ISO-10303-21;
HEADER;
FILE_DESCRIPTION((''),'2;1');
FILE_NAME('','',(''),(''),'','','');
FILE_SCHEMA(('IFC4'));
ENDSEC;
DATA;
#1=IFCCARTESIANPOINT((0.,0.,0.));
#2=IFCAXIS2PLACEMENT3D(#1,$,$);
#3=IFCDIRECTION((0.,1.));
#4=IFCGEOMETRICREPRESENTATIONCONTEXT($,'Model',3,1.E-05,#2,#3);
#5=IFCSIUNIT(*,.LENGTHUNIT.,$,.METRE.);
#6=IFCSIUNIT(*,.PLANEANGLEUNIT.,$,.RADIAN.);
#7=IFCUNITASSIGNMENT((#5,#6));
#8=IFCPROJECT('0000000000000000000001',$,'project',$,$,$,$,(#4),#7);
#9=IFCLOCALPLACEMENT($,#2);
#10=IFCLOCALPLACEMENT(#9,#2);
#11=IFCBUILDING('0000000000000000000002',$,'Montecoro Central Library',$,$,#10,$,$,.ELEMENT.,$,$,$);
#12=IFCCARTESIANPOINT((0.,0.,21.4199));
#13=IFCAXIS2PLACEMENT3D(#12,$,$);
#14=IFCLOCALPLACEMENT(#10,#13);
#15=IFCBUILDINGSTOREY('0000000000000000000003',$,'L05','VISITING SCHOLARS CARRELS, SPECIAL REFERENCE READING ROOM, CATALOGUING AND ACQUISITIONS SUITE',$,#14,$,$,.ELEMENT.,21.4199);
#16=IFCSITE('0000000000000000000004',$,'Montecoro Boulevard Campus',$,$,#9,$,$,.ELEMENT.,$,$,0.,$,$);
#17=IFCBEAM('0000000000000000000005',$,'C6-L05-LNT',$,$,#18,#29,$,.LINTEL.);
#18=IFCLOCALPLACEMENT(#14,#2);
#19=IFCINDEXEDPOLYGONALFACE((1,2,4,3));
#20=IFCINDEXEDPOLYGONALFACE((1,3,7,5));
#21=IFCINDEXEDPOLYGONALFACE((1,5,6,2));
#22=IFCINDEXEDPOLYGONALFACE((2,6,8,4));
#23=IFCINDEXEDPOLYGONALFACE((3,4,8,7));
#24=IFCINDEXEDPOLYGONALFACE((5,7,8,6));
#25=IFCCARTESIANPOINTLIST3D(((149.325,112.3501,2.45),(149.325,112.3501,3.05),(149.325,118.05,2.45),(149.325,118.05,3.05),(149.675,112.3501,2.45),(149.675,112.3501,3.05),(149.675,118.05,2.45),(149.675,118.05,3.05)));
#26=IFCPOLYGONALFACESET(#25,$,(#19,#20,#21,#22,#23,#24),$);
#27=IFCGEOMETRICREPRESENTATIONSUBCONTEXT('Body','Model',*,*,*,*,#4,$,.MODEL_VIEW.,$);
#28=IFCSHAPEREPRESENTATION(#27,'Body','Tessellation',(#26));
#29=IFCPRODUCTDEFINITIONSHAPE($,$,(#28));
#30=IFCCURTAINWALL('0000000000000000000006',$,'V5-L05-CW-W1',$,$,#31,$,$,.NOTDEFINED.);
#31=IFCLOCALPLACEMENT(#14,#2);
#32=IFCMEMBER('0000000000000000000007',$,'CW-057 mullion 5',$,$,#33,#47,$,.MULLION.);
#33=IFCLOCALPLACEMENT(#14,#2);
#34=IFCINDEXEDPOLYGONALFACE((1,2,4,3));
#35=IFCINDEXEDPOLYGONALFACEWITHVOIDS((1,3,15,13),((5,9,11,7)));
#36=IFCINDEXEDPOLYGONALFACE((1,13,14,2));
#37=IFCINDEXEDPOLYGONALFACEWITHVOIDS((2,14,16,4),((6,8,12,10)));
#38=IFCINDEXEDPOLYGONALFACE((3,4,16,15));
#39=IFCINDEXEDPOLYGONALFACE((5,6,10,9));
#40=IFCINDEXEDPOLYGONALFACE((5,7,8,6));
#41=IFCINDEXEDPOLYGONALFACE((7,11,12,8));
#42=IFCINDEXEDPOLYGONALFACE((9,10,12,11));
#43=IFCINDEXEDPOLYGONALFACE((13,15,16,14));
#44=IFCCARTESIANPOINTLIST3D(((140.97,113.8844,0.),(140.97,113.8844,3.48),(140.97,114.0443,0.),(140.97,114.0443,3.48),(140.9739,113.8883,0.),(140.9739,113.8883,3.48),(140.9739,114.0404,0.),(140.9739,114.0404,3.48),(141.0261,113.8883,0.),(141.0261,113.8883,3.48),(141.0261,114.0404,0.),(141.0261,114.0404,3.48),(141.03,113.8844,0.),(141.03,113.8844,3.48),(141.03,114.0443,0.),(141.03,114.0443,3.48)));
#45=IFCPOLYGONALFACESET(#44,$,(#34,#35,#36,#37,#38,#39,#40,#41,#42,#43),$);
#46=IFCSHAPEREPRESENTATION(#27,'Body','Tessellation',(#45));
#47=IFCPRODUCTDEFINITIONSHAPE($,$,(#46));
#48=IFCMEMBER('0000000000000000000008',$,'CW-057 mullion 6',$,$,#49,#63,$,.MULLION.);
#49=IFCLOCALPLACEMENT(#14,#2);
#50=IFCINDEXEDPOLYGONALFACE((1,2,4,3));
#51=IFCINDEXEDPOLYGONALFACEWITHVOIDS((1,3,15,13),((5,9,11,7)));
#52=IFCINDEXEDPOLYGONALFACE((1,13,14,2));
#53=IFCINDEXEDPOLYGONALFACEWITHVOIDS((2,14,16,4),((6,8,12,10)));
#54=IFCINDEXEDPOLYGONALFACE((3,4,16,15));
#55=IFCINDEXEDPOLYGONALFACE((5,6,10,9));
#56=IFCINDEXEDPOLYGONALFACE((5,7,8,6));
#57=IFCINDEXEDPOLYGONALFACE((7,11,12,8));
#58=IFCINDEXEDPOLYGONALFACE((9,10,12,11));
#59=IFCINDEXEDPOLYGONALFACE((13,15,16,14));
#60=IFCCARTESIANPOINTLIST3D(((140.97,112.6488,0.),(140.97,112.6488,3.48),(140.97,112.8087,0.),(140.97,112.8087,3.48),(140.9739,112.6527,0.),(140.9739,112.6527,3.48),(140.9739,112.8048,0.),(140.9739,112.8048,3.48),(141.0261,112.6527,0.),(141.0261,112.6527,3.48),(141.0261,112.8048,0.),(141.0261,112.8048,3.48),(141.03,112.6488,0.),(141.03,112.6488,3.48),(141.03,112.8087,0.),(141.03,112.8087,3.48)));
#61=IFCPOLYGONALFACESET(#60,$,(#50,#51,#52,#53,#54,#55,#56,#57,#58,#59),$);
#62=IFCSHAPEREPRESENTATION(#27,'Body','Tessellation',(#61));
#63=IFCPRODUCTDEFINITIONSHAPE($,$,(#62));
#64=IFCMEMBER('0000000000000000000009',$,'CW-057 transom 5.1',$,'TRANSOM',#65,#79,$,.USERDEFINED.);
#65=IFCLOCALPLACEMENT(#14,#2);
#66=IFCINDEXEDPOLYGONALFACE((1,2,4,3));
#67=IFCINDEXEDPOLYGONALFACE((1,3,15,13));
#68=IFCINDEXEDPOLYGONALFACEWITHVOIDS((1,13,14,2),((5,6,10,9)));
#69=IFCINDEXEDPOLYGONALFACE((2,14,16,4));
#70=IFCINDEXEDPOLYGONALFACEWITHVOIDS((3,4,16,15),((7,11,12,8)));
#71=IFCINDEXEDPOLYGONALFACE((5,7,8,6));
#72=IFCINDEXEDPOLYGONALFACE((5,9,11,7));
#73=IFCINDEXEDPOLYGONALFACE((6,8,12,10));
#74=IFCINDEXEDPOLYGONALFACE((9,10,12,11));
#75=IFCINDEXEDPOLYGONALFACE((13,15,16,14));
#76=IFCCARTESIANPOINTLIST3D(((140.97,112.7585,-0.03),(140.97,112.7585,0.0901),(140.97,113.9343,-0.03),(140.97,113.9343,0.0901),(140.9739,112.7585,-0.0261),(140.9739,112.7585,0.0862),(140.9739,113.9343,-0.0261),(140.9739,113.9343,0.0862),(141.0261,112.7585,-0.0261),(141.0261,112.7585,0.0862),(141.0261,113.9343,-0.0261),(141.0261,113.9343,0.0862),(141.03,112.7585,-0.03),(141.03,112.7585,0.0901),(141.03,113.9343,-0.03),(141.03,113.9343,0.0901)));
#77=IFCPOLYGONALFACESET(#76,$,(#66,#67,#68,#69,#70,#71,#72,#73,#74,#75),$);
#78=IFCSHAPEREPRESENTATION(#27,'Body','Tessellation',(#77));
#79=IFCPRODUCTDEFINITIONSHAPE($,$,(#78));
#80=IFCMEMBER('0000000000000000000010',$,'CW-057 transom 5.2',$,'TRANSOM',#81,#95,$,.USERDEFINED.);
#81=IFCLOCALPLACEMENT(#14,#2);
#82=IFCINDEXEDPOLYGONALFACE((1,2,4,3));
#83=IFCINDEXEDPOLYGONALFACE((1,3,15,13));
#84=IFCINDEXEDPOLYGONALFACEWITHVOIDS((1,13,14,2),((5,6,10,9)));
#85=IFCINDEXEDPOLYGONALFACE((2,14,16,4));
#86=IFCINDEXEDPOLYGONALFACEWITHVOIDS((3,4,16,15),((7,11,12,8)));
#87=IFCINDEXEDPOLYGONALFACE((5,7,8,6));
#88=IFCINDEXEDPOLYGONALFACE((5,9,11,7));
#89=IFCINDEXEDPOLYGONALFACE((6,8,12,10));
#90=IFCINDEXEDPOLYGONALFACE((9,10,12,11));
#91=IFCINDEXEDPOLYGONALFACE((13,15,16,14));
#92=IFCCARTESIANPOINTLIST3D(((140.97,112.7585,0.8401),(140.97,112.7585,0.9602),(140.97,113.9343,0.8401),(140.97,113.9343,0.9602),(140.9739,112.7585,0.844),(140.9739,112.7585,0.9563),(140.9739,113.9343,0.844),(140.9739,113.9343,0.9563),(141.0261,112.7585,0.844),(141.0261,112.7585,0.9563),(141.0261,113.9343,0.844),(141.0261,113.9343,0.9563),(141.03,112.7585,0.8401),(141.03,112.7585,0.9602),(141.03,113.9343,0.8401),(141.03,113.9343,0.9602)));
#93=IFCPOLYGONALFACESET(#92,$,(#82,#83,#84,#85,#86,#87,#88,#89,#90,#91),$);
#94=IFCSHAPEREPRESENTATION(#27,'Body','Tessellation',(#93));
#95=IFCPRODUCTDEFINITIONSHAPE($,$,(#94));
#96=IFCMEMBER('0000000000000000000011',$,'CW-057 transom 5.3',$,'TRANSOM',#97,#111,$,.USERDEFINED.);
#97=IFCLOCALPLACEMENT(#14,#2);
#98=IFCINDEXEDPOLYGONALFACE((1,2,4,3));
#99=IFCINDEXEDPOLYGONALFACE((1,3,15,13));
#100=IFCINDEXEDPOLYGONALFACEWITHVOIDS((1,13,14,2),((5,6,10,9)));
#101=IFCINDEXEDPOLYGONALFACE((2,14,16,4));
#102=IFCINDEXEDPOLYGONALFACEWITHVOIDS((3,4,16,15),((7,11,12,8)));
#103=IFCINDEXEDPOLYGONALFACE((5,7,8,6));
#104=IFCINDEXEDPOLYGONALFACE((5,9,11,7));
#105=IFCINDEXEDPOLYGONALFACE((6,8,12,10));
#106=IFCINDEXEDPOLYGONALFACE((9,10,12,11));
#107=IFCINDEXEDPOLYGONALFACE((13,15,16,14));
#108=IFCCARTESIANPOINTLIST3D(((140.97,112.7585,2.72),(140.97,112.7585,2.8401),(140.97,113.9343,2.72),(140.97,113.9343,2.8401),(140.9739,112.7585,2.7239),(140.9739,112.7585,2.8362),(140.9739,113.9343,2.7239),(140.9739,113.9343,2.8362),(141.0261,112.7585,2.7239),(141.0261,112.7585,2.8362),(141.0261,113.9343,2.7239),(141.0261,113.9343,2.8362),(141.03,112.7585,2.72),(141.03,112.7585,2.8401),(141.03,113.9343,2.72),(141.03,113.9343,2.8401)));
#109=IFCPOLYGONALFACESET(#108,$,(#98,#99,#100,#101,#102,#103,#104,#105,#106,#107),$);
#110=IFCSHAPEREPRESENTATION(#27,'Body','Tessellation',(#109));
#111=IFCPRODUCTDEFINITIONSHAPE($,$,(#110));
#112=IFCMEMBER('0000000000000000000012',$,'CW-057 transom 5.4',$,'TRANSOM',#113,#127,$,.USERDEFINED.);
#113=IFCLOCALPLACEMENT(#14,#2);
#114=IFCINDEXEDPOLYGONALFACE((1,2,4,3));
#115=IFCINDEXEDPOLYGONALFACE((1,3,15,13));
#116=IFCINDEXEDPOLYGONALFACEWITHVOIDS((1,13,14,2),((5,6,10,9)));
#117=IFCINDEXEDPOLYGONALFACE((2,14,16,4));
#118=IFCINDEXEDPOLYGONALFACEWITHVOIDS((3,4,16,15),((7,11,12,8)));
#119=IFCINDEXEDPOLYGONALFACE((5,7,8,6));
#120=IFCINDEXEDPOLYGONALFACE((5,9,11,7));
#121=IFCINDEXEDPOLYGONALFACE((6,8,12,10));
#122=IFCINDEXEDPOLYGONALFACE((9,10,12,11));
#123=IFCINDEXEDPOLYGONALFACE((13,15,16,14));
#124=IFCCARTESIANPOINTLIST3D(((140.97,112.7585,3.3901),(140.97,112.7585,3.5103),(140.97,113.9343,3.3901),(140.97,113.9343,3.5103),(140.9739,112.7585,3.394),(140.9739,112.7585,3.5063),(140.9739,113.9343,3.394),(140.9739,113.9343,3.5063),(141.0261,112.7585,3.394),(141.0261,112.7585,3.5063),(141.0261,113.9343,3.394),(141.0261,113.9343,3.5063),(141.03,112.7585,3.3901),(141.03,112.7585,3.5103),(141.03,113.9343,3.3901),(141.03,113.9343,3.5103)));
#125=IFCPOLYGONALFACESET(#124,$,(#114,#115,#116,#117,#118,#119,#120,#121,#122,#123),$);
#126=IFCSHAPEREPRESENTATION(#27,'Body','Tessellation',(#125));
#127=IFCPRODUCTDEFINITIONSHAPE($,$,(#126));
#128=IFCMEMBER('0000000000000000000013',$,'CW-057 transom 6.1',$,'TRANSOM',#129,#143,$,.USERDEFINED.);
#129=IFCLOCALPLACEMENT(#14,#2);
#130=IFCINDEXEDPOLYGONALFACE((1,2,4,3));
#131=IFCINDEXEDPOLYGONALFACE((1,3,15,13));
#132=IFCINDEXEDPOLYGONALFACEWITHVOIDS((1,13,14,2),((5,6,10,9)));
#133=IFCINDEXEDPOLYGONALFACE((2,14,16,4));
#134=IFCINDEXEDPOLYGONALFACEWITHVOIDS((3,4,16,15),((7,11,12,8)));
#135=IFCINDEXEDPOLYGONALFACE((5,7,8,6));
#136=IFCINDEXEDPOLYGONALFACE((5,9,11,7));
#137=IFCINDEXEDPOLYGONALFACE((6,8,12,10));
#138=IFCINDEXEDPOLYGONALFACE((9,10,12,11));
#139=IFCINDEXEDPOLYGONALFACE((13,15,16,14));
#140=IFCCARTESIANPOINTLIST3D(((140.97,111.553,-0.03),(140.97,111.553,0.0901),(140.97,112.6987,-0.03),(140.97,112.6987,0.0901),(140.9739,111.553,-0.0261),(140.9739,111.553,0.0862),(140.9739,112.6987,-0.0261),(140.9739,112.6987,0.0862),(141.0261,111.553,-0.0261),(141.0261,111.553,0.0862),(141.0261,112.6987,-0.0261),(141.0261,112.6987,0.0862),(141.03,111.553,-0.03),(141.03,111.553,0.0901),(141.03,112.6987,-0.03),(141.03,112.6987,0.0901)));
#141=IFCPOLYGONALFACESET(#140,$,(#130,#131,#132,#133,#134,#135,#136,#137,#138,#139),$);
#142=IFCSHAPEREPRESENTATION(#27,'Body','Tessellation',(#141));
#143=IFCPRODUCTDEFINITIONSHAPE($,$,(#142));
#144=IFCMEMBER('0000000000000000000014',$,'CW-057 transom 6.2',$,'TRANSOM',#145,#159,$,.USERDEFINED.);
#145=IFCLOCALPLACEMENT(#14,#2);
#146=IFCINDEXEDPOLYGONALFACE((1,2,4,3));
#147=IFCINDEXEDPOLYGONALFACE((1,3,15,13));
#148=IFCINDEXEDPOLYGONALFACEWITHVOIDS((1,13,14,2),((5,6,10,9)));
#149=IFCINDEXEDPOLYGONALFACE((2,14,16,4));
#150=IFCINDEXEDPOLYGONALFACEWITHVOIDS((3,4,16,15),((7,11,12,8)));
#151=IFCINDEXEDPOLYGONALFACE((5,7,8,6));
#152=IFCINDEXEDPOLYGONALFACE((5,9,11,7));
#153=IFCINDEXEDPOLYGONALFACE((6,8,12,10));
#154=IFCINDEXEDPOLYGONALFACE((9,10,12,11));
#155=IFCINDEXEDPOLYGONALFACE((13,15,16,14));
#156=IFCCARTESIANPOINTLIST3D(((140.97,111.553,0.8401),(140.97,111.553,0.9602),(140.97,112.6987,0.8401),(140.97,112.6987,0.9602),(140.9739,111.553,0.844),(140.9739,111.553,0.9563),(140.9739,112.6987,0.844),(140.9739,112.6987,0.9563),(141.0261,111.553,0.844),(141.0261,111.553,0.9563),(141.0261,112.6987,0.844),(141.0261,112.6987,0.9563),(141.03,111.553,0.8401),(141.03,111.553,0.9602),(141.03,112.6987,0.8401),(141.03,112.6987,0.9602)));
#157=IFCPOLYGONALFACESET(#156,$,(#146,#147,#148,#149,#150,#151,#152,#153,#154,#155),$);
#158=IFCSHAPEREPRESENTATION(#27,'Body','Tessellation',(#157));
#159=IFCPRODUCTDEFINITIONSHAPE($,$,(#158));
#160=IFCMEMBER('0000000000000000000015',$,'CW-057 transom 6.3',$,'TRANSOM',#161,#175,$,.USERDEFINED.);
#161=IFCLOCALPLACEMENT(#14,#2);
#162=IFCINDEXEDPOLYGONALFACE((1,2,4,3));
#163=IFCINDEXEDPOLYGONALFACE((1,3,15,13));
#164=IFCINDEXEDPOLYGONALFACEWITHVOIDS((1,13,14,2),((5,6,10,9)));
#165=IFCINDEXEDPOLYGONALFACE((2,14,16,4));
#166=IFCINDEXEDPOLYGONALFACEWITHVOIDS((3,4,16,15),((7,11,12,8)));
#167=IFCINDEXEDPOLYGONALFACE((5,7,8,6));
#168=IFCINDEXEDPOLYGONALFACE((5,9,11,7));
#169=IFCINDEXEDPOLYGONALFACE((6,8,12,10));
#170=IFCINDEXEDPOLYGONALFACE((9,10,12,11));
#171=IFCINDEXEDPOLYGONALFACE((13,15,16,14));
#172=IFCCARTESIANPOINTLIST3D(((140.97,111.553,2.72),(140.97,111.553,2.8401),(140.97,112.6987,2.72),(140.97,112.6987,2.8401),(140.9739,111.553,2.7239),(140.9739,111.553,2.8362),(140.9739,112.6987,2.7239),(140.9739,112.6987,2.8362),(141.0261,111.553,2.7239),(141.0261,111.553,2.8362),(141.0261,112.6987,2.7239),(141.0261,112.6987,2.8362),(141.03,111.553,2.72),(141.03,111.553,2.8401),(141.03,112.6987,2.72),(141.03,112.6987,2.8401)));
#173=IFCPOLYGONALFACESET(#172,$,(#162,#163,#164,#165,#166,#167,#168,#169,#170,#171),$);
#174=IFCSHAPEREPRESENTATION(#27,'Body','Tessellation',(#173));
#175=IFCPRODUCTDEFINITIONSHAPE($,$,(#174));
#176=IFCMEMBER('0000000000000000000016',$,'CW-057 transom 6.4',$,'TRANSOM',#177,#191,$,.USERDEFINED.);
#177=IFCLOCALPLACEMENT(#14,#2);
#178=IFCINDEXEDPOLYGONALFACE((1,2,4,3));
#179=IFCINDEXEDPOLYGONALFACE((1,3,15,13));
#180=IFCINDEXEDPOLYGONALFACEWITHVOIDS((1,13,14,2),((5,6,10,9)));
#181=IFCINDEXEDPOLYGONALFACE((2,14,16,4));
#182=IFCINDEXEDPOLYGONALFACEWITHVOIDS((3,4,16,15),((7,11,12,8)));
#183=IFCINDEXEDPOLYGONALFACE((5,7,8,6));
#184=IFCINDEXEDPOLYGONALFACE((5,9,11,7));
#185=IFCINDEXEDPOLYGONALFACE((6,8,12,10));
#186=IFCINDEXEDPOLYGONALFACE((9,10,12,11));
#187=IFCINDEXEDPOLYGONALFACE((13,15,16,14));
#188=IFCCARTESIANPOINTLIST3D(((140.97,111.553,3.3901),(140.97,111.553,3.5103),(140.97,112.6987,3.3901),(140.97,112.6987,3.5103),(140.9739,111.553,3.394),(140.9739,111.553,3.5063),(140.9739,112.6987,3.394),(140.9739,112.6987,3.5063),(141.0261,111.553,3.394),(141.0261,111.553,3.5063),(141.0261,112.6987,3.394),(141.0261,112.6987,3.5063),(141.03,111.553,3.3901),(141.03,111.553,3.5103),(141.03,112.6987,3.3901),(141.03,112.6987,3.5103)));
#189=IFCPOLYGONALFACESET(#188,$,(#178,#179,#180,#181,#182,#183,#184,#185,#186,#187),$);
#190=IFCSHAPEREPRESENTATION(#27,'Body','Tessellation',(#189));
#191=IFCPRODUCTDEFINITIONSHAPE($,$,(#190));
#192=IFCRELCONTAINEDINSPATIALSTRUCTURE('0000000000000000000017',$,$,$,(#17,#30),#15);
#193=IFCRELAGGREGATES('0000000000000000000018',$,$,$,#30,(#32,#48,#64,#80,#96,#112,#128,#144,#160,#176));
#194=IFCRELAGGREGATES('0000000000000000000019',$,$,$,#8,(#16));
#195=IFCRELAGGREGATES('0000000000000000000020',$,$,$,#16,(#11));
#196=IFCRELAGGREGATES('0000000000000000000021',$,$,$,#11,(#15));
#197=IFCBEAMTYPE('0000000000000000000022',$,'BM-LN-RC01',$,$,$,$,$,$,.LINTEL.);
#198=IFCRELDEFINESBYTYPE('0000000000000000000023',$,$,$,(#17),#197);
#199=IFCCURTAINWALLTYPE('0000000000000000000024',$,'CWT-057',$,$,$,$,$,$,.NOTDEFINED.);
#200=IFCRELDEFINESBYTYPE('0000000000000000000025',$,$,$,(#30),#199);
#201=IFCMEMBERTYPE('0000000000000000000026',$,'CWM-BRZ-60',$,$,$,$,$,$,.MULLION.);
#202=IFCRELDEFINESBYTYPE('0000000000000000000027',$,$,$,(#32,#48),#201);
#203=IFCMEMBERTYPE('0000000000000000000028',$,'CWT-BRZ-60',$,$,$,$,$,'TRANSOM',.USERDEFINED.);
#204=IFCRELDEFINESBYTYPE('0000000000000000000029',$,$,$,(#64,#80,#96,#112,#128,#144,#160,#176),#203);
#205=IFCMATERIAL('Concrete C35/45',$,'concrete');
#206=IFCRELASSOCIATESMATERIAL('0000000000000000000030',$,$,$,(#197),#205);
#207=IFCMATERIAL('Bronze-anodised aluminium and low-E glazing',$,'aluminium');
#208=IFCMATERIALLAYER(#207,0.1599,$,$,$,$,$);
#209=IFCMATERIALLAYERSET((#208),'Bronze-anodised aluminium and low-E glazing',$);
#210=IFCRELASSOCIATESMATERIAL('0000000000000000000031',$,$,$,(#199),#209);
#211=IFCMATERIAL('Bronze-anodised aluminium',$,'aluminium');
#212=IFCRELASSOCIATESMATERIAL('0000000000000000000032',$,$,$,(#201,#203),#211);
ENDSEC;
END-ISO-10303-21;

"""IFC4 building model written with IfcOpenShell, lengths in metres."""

from ifc_helpers import new_model, si_unit, direction, frame, origin, origin_2d, place, context, subcontext, project, spatial, rectangle, hollow_rectangle, extrude, material, layer, layer_set, material_profile, profile_set, type_object, element, aggregate, save


model = new_model("IFC4")

# Units and contexts
model_context = context("Model", 3, precision=1e-05, world=origin(), true_north=direction((0.0, 1.0)))
body_context = subcontext(model_context, "Body", "Model", "MODEL_VIEW")
ifc_project = project(units=[si_unit("LENGTHUNIT", "METRE"), si_unit("PLANEANGLEUNIT", "RADIAN")], contexts=[model_context])

# Site, building, storey
site_placement = place(None, origin())
site = spatial("IfcSite", under=ifc_project, at=site_placement, Name="Montecoro Boulevard Campus", CompositionType="ELEMENT", RefElevation=0.0)
building_placement = place(site_placement, origin())
building = spatial("IfcBuilding", under=site, at=building_placement, Name="Montecoro Central Library", CompositionType="ELEMENT")
storey_placement = place(building_placement, frame((0.0, 0.0, 21.4199)))
storey = spatial("IfcBuildingStorey", under=building, at=storey_placement, Name="L05", Description="VISITING SCHOLARS CARRELS, SPECIAL REFERENCE READING ROOM, CATALOGUING AND ACQUISITIONS SUITE", CompositionType="ELEMENT", Elevation=21.4199)

# Beam
ifc_material_1 = material(Name="Concrete C35/45", Category="concrete")
ifc_material_profile_1 = material_profile(ifc_material_1, rectangle(XDim=0.3501, YDim=0.6001, at=origin_2d()), Name="RC LNT 600x350")
ifc_profile_set_1 = profile_set([ifc_material_profile_1], Name="Concrete C35/45")
beam_type = type_object("IfcBeamType", Name="BM-LN-RC01", PredefinedType="LINTEL", material=ifc_profile_set_1)
beam_placement = place(storey_placement, frame((149.5, 112.3501, 2.75), z_axis=(0.0, 1.0, 0.0), x_axis=(-1.0, 0.0, 0.0)))
element("IfcBeam", 1, at=beam_placement, inside=storey, type_object=beam_type, Name="C6-L05-LNT", PredefinedType="LINTEL", context=body_context, shape_type="SweptSolid", body=[
    extrude(rectangle(XDim=0.3501, YDim=0.6001, at=origin_2d()), origin(), (0.0, 0.0, 1.0), 5.7),
])

# Curtain wall, members
ifc_material_2 = material(Name="Bronze-anodised aluminium and low-E glazing", Category="aluminium")
ifc_layer_1 = layer(ifc_material_2, 0.1599)
ifc_layer_set_1 = layer_set([ifc_layer_1], Name="Bronze-anodised aluminium and low-E glazing")
curtain_wall_type = type_object("IfcCurtainWallType", Name="CWT-057", PredefinedType="NOTDEFINED", material=ifc_layer_set_1)
curtain_wall_placement = place(storey_placement, origin())
curtain_wall = element("IfcCurtainWall", 2, at=curtain_wall_placement, inside=storey, type_object=curtain_wall_type, Name="V5-L05-CW-W1", PredefinedType="NOTDEFINED")
ifc_material_3 = material(Name="Bronze-anodised aluminium", Category="aluminium")
ifc_material_profile_2 = material_profile(ifc_material_3, hollow_rectangle(XDim=0.0601, YDim=0.1599, WallThickness=0.0039, at=origin_2d()), Name="CWM 160x60x4.0")
ifc_profile_set_2 = profile_set([ifc_material_profile_2], Name="Bronze-anodised aluminium")
member_type_1 = type_object("IfcMemberType", Name="CWM-BRZ-60", PredefinedType="MULLION", material=ifc_profile_set_2)
member_1_placement = place(storey_placement, frame((141.0, 113.9644, 0.0), z_axis=(0.0, 0.0, 1.0), x_axis=(1.0, 0.0, 0.0)))
member_1 = element("IfcMember", 3, at=member_1_placement, type_object=member_type_1, Name="CW-057 mullion 5", PredefinedType="MULLION", context=body_context, shape_type="SweptSolid", body=[
    extrude(hollow_rectangle(XDim=0.0601, YDim=0.1599, WallThickness=0.0039, at=origin_2d()), origin(), (0.0, 0.0, 1.0), 3.48),
])
member_2_placement = place(storey_placement, frame((141.0, 112.7288, 0.0), z_axis=(0.0, 0.0, 1.0), x_axis=(1.0, 0.0, 0.0)))
member_2 = element("IfcMember", 4, at=member_2_placement, type_object=member_type_1, Name="CW-057 mullion 6", PredefinedType="MULLION", context=body_context, shape_type="SweptSolid", body=[
    extrude(hollow_rectangle(XDim=0.0601, YDim=0.1599, WallThickness=0.0039, at=origin_2d()), origin(), (0.0, 0.0, 1.0), 3.48),
])
ifc_material_profile_3 = material_profile(ifc_material_3, hollow_rectangle(XDim=0.0601, YDim=0.1201, WallThickness=0.0039, at=origin_2d()), Name="CWT 120x60x4.0")
ifc_profile_set_3 = profile_set([ifc_material_profile_3], Name="Bronze-anodised aluminium")
member_type_2 = type_object("IfcMemberType", Name="CWT-BRZ-60", ElementType="TRANSOM", PredefinedType="USERDEFINED", material=ifc_profile_set_3)
member_3_placement = place(storey_placement, frame((141.0, 113.9343, 0.03), z_axis=(0.0, -1.0, 0.0), x_axis=(1.0, 0.0, 0.0)))
member_3 = element("IfcMember", 5, at=member_3_placement, type_object=member_type_2, Name="CW-057 transom 5.1", ObjectType="TRANSOM", PredefinedType="USERDEFINED", context=body_context, shape_type="SweptSolid", body=[
    extrude(hollow_rectangle(XDim=0.0601, YDim=0.1201, WallThickness=0.0039, at=origin_2d()), origin(), (0.0, 0.0, 1.0), 1.1758),
])
member_4_placement = place(storey_placement, frame((141.0, 113.9343, 0.9001), z_axis=(0.0, -1.0, 0.0), x_axis=(1.0, 0.0, 0.0)))
member_4 = element("IfcMember", 6, at=member_4_placement, type_object=member_type_2, Name="CW-057 transom 5.2", ObjectType="TRANSOM", PredefinedType="USERDEFINED", context=body_context, shape_type="SweptSolid", body=[
    extrude(hollow_rectangle(XDim=0.0601, YDim=0.1201, WallThickness=0.0039, at=origin_2d()), origin(), (0.0, 0.0, 1.0), 1.1758),
])
member_5_placement = place(storey_placement, frame((141.0, 113.9343, 2.78), z_axis=(0.0, -1.0, 0.0), x_axis=(1.0, 0.0, 0.0)))
member_5 = element("IfcMember", 7, at=member_5_placement, type_object=member_type_2, Name="CW-057 transom 5.3", ObjectType="TRANSOM", PredefinedType="USERDEFINED", context=body_context, shape_type="SweptSolid", body=[
    extrude(hollow_rectangle(XDim=0.0601, YDim=0.1201, WallThickness=0.0039, at=origin_2d()), origin(), (0.0, 0.0, 1.0), 1.1758),
])
member_6_placement = place(storey_placement, frame((141.0, 113.9343, 3.4502), z_axis=(0.0, -1.0, 0.0), x_axis=(1.0, 0.0, 0.0)))
member_6 = element("IfcMember", 8, at=member_6_placement, type_object=member_type_2, Name="CW-057 transom 5.4", ObjectType="TRANSOM", PredefinedType="USERDEFINED", context=body_context, shape_type="SweptSolid", body=[
    extrude(hollow_rectangle(XDim=0.0601, YDim=0.1201, WallThickness=0.0039, at=origin_2d()), origin(), (0.0, 0.0, 1.0), 1.1758),
])
member_7_placement = place(storey_placement, frame((141.0, 112.6987, 0.03), z_axis=(0.0, -1.0, 0.0), x_axis=(1.0, 0.0, 0.0)))
member_7 = element("IfcMember", 9, at=member_7_placement, type_object=member_type_2, Name="CW-057 transom 6.1", ObjectType="TRANSOM", PredefinedType="USERDEFINED", context=body_context, shape_type="SweptSolid", body=[
    extrude(hollow_rectangle(XDim=0.0601, YDim=0.1201, WallThickness=0.0039, at=origin_2d()), origin(), (0.0, 0.0, 1.0), 1.1458),
])
member_8_placement = place(storey_placement, frame((141.0, 112.6987, 0.9001), z_axis=(0.0, -1.0, 0.0), x_axis=(1.0, 0.0, 0.0)))
member_8 = element("IfcMember", 10, at=member_8_placement, type_object=member_type_2, Name="CW-057 transom 6.2", ObjectType="TRANSOM", PredefinedType="USERDEFINED", context=body_context, shape_type="SweptSolid", body=[
    extrude(hollow_rectangle(XDim=0.0601, YDim=0.1201, WallThickness=0.0039, at=origin_2d()), origin(), (0.0, 0.0, 1.0), 1.1458),
])
member_9_placement = place(storey_placement, frame((141.0, 112.6987, 2.78), z_axis=(0.0, -1.0, 0.0), x_axis=(1.0, 0.0, 0.0)))
member_9 = element("IfcMember", 11, at=member_9_placement, type_object=member_type_2, Name="CW-057 transom 6.3", ObjectType="TRANSOM", PredefinedType="USERDEFINED", context=body_context, shape_type="SweptSolid", body=[
    extrude(hollow_rectangle(XDim=0.0601, YDim=0.1201, WallThickness=0.0039, at=origin_2d()), origin(), (0.0, 0.0, 1.0), 1.1458),
])
member_10_placement = place(storey_placement, frame((141.0, 112.6987, 3.4502), z_axis=(0.0, -1.0, 0.0), x_axis=(1.0, 0.0, 0.0)))
member_10 = element("IfcMember", 12, at=member_10_placement, type_object=member_type_2, Name="CW-057 transom 6.4", ObjectType="TRANSOM", PredefinedType="USERDEFINED", context=body_context, shape_type="SweptSolid", body=[
    extrude(hollow_rectangle(XDim=0.0601, YDim=0.1201, WallThickness=0.0039, at=origin_2d()), origin(), (0.0, 0.0, 1.0), 1.1458),
])
aggregate(curtain_wall, [member_1, member_2, member_3, member_4, member_5, member_6, member_7, member_8, member_9, member_10])

save(model, "model.ifc")
